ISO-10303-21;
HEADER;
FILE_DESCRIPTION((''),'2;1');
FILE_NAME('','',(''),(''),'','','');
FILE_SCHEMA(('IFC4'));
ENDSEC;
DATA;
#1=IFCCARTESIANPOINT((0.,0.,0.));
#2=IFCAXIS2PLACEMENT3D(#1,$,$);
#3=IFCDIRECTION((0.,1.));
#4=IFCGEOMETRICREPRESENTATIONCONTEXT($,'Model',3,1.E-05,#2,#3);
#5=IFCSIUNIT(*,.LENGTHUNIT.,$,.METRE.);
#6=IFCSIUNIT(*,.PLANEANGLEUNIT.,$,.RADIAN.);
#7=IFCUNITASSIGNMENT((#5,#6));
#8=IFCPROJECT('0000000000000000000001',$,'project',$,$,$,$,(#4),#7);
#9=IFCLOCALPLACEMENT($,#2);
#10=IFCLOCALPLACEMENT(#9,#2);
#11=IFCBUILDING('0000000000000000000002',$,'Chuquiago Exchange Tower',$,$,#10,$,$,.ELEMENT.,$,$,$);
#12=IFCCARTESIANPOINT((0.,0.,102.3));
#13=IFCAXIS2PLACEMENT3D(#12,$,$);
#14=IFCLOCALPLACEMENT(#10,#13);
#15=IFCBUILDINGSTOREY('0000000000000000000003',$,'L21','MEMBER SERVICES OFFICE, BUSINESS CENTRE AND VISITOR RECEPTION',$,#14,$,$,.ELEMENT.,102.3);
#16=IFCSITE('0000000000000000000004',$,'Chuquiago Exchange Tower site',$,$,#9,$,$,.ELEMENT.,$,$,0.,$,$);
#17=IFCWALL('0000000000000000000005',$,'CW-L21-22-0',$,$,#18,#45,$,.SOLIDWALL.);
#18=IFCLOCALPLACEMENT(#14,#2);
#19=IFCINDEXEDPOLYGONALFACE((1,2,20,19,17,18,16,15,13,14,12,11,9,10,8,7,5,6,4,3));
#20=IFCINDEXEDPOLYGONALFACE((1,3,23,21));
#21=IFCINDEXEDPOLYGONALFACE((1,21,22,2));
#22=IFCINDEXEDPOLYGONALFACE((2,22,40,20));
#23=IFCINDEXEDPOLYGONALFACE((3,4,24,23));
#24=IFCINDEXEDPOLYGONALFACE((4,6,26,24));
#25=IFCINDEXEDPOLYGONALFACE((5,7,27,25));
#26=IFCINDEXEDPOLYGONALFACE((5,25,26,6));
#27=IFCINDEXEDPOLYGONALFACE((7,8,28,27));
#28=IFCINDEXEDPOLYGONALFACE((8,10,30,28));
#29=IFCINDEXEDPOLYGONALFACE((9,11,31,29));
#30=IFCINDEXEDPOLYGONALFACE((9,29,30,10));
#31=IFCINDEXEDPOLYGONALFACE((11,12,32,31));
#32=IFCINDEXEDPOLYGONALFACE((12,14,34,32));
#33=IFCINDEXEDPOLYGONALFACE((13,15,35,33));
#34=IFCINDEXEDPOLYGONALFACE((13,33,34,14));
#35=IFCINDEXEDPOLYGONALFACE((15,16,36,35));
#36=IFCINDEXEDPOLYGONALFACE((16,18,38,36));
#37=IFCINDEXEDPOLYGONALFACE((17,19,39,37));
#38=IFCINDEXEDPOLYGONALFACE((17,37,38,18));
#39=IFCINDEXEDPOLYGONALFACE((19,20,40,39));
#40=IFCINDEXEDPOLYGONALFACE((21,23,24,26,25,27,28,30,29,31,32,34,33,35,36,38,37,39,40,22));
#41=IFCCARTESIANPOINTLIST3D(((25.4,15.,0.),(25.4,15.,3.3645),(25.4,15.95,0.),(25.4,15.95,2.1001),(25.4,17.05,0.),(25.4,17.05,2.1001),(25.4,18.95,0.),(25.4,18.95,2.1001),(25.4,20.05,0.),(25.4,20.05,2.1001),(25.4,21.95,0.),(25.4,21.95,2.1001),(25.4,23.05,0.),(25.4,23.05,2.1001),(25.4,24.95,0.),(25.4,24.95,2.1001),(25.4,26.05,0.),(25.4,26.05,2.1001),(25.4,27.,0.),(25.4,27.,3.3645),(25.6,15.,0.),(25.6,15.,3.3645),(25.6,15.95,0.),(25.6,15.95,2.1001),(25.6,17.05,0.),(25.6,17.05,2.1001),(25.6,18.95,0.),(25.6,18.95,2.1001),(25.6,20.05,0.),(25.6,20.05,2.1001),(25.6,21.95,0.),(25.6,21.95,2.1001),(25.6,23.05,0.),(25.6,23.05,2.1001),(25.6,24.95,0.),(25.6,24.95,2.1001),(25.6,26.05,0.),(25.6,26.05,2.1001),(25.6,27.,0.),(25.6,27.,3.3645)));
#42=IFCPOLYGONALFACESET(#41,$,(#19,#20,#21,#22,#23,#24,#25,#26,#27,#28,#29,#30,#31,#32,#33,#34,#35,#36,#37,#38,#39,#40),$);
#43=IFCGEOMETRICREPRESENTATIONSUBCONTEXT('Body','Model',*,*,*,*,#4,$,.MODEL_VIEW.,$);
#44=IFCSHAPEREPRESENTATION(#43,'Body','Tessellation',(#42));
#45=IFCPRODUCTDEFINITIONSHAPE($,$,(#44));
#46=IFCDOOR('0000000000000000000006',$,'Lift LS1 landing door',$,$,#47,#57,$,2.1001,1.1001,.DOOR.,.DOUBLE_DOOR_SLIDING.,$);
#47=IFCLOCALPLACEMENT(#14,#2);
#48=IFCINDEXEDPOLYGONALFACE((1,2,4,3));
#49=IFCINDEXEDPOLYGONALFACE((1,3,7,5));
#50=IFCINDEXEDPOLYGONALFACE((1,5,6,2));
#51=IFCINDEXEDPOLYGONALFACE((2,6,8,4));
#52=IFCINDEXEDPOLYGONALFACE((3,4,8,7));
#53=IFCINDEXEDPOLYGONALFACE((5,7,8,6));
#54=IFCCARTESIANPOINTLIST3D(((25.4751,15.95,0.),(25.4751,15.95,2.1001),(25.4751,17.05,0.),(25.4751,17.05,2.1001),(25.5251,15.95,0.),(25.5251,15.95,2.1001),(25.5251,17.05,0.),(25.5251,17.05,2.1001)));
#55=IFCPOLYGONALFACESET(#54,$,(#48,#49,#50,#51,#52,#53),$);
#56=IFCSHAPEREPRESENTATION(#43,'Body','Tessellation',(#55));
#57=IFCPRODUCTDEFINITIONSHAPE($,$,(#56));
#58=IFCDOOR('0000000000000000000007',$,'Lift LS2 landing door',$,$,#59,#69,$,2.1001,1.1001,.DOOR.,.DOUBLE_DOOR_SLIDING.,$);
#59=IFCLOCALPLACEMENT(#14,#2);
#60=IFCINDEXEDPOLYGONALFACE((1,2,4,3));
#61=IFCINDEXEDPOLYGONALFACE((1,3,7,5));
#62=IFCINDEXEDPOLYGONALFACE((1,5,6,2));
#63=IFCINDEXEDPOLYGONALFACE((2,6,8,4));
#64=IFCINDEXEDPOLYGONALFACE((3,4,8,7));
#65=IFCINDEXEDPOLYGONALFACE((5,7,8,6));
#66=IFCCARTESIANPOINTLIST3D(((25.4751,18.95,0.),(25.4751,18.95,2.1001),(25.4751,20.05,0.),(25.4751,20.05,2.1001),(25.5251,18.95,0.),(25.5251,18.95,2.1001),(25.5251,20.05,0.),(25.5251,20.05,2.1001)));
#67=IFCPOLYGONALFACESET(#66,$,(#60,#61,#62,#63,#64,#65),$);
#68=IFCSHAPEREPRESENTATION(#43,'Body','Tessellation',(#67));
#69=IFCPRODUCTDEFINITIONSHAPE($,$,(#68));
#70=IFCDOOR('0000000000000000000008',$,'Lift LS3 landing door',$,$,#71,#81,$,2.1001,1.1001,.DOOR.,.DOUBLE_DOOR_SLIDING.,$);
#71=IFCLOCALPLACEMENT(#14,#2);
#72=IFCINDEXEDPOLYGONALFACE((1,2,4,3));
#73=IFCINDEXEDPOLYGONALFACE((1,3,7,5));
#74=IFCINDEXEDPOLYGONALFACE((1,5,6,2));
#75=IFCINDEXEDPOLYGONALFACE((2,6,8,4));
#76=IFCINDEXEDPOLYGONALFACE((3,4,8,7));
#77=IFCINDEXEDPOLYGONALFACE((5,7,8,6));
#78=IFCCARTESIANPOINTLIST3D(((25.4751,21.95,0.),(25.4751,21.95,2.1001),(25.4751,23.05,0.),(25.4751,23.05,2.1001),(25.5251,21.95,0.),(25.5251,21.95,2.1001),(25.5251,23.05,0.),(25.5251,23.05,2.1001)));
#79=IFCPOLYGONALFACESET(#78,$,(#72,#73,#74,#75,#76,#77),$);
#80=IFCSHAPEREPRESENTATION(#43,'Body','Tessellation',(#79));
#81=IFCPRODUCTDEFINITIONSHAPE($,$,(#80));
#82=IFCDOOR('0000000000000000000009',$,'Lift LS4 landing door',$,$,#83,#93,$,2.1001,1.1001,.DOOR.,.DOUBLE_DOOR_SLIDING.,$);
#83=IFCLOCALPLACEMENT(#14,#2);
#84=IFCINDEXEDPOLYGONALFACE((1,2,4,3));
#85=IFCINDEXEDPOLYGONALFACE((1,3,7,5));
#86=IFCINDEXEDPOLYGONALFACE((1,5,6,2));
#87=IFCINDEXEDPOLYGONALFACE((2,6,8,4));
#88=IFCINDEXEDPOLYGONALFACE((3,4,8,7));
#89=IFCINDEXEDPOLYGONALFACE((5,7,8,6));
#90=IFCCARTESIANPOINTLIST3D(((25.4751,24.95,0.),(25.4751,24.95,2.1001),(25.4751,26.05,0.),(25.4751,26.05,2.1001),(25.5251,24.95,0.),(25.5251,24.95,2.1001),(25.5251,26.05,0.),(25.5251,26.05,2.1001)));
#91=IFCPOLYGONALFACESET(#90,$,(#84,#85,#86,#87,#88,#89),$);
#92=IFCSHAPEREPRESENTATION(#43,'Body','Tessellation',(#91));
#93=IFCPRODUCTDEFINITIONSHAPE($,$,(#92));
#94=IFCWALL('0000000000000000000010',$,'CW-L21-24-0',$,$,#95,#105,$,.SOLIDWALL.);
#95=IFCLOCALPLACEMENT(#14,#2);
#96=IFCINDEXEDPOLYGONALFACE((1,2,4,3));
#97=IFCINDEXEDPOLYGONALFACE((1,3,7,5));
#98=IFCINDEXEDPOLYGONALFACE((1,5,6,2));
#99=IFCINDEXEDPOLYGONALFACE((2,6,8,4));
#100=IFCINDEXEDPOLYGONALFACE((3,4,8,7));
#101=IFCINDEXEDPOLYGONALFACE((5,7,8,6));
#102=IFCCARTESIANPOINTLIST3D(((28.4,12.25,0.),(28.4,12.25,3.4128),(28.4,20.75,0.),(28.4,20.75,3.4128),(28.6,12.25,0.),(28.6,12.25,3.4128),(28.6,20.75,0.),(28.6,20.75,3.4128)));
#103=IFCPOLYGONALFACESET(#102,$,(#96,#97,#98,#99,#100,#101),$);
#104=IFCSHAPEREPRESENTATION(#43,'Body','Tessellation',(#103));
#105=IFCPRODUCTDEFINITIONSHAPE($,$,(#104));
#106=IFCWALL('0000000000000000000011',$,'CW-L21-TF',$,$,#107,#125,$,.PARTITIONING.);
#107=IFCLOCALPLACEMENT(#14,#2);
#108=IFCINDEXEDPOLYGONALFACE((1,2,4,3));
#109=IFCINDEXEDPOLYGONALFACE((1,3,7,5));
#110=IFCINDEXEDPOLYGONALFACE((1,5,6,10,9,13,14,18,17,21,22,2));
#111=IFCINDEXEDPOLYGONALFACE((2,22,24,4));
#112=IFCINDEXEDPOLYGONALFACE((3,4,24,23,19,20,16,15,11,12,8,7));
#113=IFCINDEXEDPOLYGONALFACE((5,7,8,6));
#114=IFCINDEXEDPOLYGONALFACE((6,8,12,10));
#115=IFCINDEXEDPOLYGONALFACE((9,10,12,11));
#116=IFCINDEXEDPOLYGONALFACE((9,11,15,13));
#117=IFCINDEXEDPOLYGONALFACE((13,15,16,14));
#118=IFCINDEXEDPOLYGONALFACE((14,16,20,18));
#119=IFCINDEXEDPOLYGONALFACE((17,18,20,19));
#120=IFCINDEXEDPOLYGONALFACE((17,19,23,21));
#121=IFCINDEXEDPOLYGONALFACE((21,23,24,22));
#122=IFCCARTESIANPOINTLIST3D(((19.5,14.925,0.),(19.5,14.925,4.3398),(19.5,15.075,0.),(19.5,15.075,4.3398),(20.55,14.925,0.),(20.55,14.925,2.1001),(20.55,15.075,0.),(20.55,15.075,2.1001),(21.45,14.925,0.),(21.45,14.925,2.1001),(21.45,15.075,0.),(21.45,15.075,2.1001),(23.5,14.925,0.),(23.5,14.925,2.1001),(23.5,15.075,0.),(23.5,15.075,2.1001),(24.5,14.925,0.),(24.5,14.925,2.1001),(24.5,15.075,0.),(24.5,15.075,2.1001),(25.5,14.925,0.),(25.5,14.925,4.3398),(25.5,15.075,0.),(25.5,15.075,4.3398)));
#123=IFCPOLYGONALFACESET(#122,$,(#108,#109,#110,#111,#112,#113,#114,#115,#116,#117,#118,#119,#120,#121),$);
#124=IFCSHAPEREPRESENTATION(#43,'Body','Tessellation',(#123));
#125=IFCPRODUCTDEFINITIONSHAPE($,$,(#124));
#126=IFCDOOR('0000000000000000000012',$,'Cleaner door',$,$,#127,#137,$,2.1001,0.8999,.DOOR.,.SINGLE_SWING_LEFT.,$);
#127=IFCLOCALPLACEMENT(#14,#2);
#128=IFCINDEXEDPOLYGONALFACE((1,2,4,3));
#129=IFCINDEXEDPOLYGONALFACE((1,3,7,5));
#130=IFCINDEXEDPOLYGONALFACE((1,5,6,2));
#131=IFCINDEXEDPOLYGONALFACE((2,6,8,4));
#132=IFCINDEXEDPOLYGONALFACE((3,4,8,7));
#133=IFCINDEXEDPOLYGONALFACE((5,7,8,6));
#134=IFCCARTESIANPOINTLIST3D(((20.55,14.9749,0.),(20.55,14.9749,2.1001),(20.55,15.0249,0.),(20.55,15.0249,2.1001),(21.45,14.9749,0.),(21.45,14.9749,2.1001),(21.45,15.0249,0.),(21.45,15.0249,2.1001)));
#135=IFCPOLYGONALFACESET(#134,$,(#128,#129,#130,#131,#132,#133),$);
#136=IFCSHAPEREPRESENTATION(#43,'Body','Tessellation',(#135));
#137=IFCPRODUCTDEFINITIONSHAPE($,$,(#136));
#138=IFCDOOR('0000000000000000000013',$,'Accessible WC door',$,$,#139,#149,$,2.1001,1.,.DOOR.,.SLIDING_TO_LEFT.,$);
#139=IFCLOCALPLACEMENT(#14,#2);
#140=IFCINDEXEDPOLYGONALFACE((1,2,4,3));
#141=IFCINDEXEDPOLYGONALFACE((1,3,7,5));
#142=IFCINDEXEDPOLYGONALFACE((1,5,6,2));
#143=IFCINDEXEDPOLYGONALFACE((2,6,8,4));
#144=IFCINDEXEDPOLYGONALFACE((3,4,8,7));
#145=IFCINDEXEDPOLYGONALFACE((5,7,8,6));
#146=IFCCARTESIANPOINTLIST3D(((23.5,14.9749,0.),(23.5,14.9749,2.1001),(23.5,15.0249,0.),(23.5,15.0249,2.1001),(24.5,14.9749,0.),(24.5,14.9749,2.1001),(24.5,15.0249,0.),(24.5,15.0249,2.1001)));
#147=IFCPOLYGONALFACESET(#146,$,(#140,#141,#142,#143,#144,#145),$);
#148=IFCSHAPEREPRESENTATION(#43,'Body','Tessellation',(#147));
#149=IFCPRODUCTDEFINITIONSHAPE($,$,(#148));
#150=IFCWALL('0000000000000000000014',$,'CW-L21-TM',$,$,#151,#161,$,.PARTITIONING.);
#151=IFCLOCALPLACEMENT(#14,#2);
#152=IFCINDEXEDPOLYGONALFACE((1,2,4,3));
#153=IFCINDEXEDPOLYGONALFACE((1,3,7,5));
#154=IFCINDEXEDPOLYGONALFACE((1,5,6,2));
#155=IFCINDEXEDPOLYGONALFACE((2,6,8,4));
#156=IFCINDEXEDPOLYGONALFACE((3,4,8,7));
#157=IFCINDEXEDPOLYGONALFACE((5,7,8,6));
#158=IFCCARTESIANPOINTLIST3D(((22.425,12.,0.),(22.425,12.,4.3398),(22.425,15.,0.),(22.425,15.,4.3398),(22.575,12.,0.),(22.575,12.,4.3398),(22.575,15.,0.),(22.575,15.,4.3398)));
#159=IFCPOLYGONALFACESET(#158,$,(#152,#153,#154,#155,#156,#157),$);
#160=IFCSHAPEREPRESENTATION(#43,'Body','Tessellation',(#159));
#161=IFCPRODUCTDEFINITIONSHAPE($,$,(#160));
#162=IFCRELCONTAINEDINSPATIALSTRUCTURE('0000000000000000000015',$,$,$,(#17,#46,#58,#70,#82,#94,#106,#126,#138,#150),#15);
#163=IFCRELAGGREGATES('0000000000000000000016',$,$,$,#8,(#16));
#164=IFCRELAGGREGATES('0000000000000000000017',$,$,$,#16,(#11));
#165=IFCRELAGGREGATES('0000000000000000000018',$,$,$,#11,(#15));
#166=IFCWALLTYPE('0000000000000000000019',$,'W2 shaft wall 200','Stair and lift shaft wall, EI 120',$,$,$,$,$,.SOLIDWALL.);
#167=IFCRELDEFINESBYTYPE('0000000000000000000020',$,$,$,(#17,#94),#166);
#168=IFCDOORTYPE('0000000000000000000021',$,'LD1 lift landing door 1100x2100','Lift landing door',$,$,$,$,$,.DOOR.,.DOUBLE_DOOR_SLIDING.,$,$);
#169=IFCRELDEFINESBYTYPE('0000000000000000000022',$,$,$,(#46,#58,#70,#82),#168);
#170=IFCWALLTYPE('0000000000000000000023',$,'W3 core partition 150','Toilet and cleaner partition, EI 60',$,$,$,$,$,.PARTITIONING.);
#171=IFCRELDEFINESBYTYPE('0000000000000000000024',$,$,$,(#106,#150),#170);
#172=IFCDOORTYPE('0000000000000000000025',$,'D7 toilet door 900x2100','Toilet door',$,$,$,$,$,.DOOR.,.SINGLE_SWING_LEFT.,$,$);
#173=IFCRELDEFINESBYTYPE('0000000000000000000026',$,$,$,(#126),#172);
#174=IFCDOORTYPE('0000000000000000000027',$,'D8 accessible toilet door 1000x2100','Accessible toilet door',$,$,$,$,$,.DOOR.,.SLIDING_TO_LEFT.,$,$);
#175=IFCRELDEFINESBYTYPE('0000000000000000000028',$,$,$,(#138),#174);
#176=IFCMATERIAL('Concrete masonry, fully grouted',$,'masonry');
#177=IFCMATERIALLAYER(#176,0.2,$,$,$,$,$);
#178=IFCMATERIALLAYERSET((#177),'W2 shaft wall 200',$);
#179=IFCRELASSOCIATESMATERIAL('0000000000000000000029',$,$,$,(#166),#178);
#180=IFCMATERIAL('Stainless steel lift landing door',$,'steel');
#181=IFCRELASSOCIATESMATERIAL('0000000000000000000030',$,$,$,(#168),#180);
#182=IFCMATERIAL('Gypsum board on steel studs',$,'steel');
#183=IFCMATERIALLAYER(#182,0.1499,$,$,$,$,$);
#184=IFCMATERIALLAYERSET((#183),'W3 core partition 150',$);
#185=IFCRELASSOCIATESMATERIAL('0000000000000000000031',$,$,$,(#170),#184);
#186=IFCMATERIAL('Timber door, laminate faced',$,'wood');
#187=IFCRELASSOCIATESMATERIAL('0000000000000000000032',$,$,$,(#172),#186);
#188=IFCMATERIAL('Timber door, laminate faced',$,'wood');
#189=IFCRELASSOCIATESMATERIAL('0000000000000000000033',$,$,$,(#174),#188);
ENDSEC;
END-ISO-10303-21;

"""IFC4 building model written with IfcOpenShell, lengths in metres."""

from ifc_helpers import new_model, si_unit, direction, frame, frame_2d, origin, place, context, subcontext, project, spatial, rectangle, extrude, material, layer, layer_set, type_object, element, fill, save


model = new_model("IFC4")

# Units and contexts
model_context = context("Model", 3, precision=1e-05, world=origin(), true_north=direction((0.0, 1.0)))
body_context = subcontext(model_context, "Body", "Model", "MODEL_VIEW")
ifc_project = project(units=[si_unit("LENGTHUNIT", "METRE"), si_unit("PLANEANGLEUNIT", "RADIAN")], contexts=[model_context])

# Site, building, storey
site_placement = place(None, origin())
site = spatial("IfcSite", under=ifc_project, at=site_placement, Name="Chuquiago Exchange Tower site", CompositionType="ELEMENT", RefElevation=0.0)
building_placement = place(site_placement, origin())
building = spatial("IfcBuilding", under=site, at=building_placement, Name="Chuquiago Exchange Tower", CompositionType="ELEMENT")
storey_placement = place(building_placement, frame((0.0, 0.0, 102.3)))
storey = spatial("IfcBuildingStorey", under=building, at=storey_placement, Name="L21", Description="MEMBER SERVICES OFFICE, BUSINESS CENTRE AND VISITOR RECEPTION", CompositionType="ELEMENT", Elevation=102.3)

# Shared definitions
ifc_material_1 = material(Name="Concrete masonry, fully grouted", Category="masonry")
ifc_layer_1 = layer(ifc_material_1, 0.2)
ifc_layer_set_1 = layer_set([ifc_layer_1], Name="W2 shaft wall 200")
wall_type_1 = type_object("IfcWallType", Name="W2 shaft wall 200", Description="Stair and lift shaft wall, EI 120", PredefinedType="SOLIDWALL", material=ifc_layer_set_1)

# Wall, openings, doors
ifc_material_2 = material(Name="Stainless steel lift landing door", Category="steel")
door_type_1 = type_object("IfcDoorType", Name="LD1 lift landing door 1100x2100", Description="Lift landing door", OperationType="DOUBLE_DOOR_SLIDING", PredefinedType="DOOR", material=ifc_material_2)
wall_1_placement = place(storey_placement, frame((25.5, 15.0, 0.0), z_axis=(0.0, 0.0, 1.0), x_axis=(0.0, 1.0, 0.0)))
wall_1 = element("IfcWall", 1, at=wall_1_placement, inside=storey, type_object=wall_type_1, Name="CW-L21-22-0", PredefinedType="SOLIDWALL", context=body_context, shape_type="SweptSolid", body=[
    extrude(rectangle(XDim=12.0, YDim=0.2, at=frame_2d((6.0, 0.0))), origin(), (0.0, 0.0, 1.0), 3.3645),
])
opening_1_placement = place(wall_1_placement, frame((0.95, 0.0, 0.0)))
opening_1 = element("IfcOpeningElement", 2, at=opening_1_placement, cuts=wall_1, PredefinedType="OPENING", context=body_context, shape_type="SweptSolid", body=[
    extrude(rectangle(XDim=1.1001, YDim=2.1001, at=frame_2d((0.55, 1.05))), frame((0.0, 0.1099, 0.0), z_axis=(0.0, -1.0, 0.0), x_axis=(1.0, 0.0, 0.0)), (0.0, 0.0, 1.0), 0.22),
])
opening_2_placement = place(wall_1_placement, frame((3.95, 0.0, 0.0)))
opening_2 = element("IfcOpeningElement", 3, at=opening_2_placement, cuts=wall_1, PredefinedType="OPENING", context=body_context, shape_type="SweptSolid", body=[
    extrude(rectangle(XDim=1.1001, YDim=2.1001, at=frame_2d((0.55, 1.05))), frame((0.0, 0.1099, 0.0), z_axis=(0.0, -1.0, 0.0), x_axis=(1.0, 0.0, 0.0)), (0.0, 0.0, 1.0), 0.22),
])
opening_3_placement = place(wall_1_placement, frame((6.95, 0.0, 0.0)))
opening_3 = element("IfcOpeningElement", 4, at=opening_3_placement, cuts=wall_1, PredefinedType="OPENING", context=body_context, shape_type="SweptSolid", body=[
    extrude(rectangle(XDim=1.1001, YDim=2.1001, at=frame_2d((0.55, 1.05))), frame((0.0, 0.1099, 0.0), z_axis=(0.0, -1.0, 0.0), x_axis=(1.0, 0.0, 0.0)), (0.0, 0.0, 1.0), 0.22),
])
opening_4_placement = place(wall_1_placement, frame((9.95, 0.0, 0.0)))
opening_4 = element("IfcOpeningElement", 5, at=opening_4_placement, cuts=wall_1, PredefinedType="OPENING", context=body_context, shape_type="SweptSolid", body=[
    extrude(rectangle(XDim=1.1001, YDim=2.1001, at=frame_2d((0.55, 1.05))), frame((0.0, 0.1099, 0.0), z_axis=(0.0, -1.0, 0.0), x_axis=(1.0, 0.0, 0.0)), (0.0, 0.0, 1.0), 0.22),
])
door_1_placement = place(opening_1_placement, origin())
door_1 = element("IfcDoor", 6, at=door_1_placement, inside=storey, type_object=door_type_1, Name="Lift LS1 landing door", OperationType="DOUBLE_DOOR_SLIDING", OverallHeight=2.1001, OverallWidth=1.1001, PredefinedType="DOOR", context=body_context, shape_type="SweptSolid", body=[
    extrude(rectangle(XDim=1.1001, YDim=2.1001, at=frame_2d((0.55, 1.05))), frame((0.0, 0.0249, 0.0), z_axis=(0.0, -1.0, 0.0), x_axis=(1.0, 0.0, 0.0)), (0.0, 0.0, 1.0), 0.05),
])
fill(opening_1, door_1)
door_2_placement = place(opening_2_placement, origin())
door_2 = element("IfcDoor", 7, at=door_2_placement, inside=storey, type_object=door_type_1, Name="Lift LS2 landing door", OperationType="DOUBLE_DOOR_SLIDING", OverallHeight=2.1001, OverallWidth=1.1001, PredefinedType="DOOR", context=body_context, shape_type="SweptSolid", body=[
    extrude(rectangle(XDim=1.1001, YDim=2.1001, at=frame_2d((0.55, 1.05))), frame((0.0, 0.0249, 0.0), z_axis=(0.0, -1.0, 0.0), x_axis=(1.0, 0.0, 0.0)), (0.0, 0.0, 1.0), 0.05),
])
fill(opening_2, door_2)
door_3_placement = place(opening_3_placement, origin())
door_3 = element("IfcDoor", 8, at=door_3_placement, inside=storey, type_object=door_type_1, Name="Lift LS3 landing door", OperationType="DOUBLE_DOOR_SLIDING", OverallHeight=2.1001, OverallWidth=1.1001, PredefinedType="DOOR", context=body_context, shape_type="SweptSolid", body=[
    extrude(rectangle(XDim=1.1001, YDim=2.1001, at=frame_2d((0.55, 1.05))), frame((0.0, 0.0249, 0.0), z_axis=(0.0, -1.0, 0.0), x_axis=(1.0, 0.0, 0.0)), (0.0, 0.0, 1.0), 0.05),
])
fill(opening_3, door_3)
door_4_placement = place(opening_4_placement, origin())
door_4 = element("IfcDoor", 9, at=door_4_placement, inside=storey, type_object=door_type_1, Name="Lift LS4 landing door", OperationType="DOUBLE_DOOR_SLIDING", OverallHeight=2.1001, OverallWidth=1.1001, PredefinedType="DOOR", context=body_context, shape_type="SweptSolid", body=[
    extrude(rectangle(XDim=1.1001, YDim=2.1001, at=frame_2d((0.55, 1.05))), frame((0.0, 0.0249, 0.0), z_axis=(0.0, -1.0, 0.0), x_axis=(1.0, 0.0, 0.0)), (0.0, 0.0, 1.0), 0.05),
])
fill(opening_4, door_4)

# Wall
wall_2_placement = place(storey_placement, frame((28.5, 12.25, 0.0), z_axis=(0.0, 0.0, 1.0), x_axis=(0.0, 1.0, 0.0)))
element("IfcWall", 10, at=wall_2_placement, inside=storey, type_object=wall_type_1, Name="CW-L21-24-0", PredefinedType="SOLIDWALL", context=body_context, shape_type="SweptSolid", body=[
    extrude(rectangle(XDim=8.5, YDim=0.2, at=frame_2d((4.25, 0.0))), origin(), (0.0, 0.0, 1.0), 3.4128),
])

# Wall, openings, doors
ifc_material_3 = material(Name="Gypsum board on steel studs", Category="steel")
ifc_layer_2 = layer(ifc_material_3, 0.1499)
ifc_layer_set_2 = layer_set([ifc_layer_2], Name="W3 core partition 150")
wall_type_2 = type_object("IfcWallType", Name="W3 core partition 150", Description="Toilet and cleaner partition, EI 60", PredefinedType="PARTITIONING", material=ifc_layer_set_2)
wall_3_placement = place(storey_placement, frame((19.5, 15.0, 0.0), z_axis=(0.0, 0.0, 1.0), x_axis=(1.0, 0.0, 0.0)))
wall_3 = element("IfcWall", 11, at=wall_3_placement, inside=storey, type_object=wall_type_2, Name="CW-L21-TF", PredefinedType="PARTITIONING", context=body_context, shape_type="SweptSolid", body=[
    extrude(rectangle(XDim=6.0, YDim=0.1499, at=frame_2d((3.0, 0.0))), origin(), (0.0, 0.0, 1.0), 4.3398),
])
opening_5_placement = place(wall_3_placement, frame((4.0, 0.0, 0.0)))
opening_5 = element("IfcOpeningElement", 12, at=opening_5_placement, cuts=wall_3, PredefinedType="OPENING", context=body_context, shape_type="SweptSolid", body=[
    extrude(rectangle(XDim=1.0, YDim=2.1001, at=frame_2d((0.5, 1.05))), frame((0.0, 0.085, 0.0), z_axis=(0.0, -1.0, 0.0), x_axis=(1.0, 0.0, 0.0)), (0.0, 0.0, 1.0), 0.1699),
])
opening_6_placement = place(wall_3_placement, frame((1.05, 0.0, 0.0)))
opening_6 = element("IfcOpeningElement", 13, at=opening_6_placement, cuts=wall_3, PredefinedType="OPENING", context=body_context, shape_type="SweptSolid", body=[
    extrude(rectangle(XDim=0.8999, YDim=2.1001, at=frame_2d((0.45, 1.05))), frame((0.0, 0.085, 0.0), z_axis=(0.0, -1.0, 0.0), x_axis=(1.0, 0.0, 0.0)), (0.0, 0.0, 1.0), 0.1699),
])
ifc_material_4 = material(Name="Timber door, laminate faced", Category="wood")
door_type_2 = type_object("IfcDoorType", Name="D7 toilet door 900x2100", Description="Toilet door", OperationType="SINGLE_SWING_LEFT", PredefinedType="DOOR", material=ifc_material_4)
door_5_placement = place(opening_6_placement, origin())
door_5 = element("IfcDoor", 14, at=door_5_placement, inside=storey, type_object=door_type_2, Name="Cleaner door", OperationType="SINGLE_SWING_LEFT", OverallHeight=2.1001, OverallWidth=0.8999, PredefinedType="DOOR", context=body_context, shape_type="SweptSolid", body=[
    extrude(rectangle(XDim=0.8999, YDim=2.1001, at=frame_2d((0.45, 1.05))), frame((0.0, 0.0249, 0.0), z_axis=(0.0, -1.0, 0.0), x_axis=(1.0, 0.0, 0.0)), (0.0, 0.0, 1.0), 0.05),
])
fill(opening_6, door_5)
ifc_material_5 = material(Name="Timber door, laminate faced", Category="wood")
door_type_3 = type_object("IfcDoorType", Name="D8 accessible toilet door 1000x2100", Description="Accessible toilet door", OperationType="SLIDING_TO_LEFT", PredefinedType="DOOR", material=ifc_material_5)
door_6_placement = place(opening_5_placement, origin())
door_6 = element("IfcDoor", 15, at=door_6_placement, inside=storey, type_object=door_type_3, Name="Accessible WC door", OperationType="SLIDING_TO_LEFT", OverallHeight=2.1001, OverallWidth=1.0, PredefinedType="DOOR", context=body_context, shape_type="SweptSolid", body=[
    extrude(rectangle(XDim=1.0, YDim=2.1001, at=frame_2d((0.5, 1.05))), frame((0.0, 0.0249, 0.0), z_axis=(0.0, -1.0, 0.0), x_axis=(1.0, 0.0, 0.0)), (0.0, 0.0, 1.0), 0.05),
])
fill(opening_5, door_6)

# Wall
wall_4_placement = place(storey_placement, frame((22.5, 15.0, 0.0), z_axis=(0.0, 0.0, 1.0), x_axis=(0.0, -1.0, 0.0)))
element("IfcWall", 16, at=wall_4_placement, inside=storey, type_object=wall_type_2, Name="CW-L21-TM", PredefinedType="PARTITIONING", context=body_context, shape_type="SweptSolid", body=[
    extrude(rectangle(XDim=3.0, YDim=0.1499, at=frame_2d((1.5, 0.0))), origin(), (0.0, 0.0, 1.0), 4.3398),
])

save(model, "model.ifc")
